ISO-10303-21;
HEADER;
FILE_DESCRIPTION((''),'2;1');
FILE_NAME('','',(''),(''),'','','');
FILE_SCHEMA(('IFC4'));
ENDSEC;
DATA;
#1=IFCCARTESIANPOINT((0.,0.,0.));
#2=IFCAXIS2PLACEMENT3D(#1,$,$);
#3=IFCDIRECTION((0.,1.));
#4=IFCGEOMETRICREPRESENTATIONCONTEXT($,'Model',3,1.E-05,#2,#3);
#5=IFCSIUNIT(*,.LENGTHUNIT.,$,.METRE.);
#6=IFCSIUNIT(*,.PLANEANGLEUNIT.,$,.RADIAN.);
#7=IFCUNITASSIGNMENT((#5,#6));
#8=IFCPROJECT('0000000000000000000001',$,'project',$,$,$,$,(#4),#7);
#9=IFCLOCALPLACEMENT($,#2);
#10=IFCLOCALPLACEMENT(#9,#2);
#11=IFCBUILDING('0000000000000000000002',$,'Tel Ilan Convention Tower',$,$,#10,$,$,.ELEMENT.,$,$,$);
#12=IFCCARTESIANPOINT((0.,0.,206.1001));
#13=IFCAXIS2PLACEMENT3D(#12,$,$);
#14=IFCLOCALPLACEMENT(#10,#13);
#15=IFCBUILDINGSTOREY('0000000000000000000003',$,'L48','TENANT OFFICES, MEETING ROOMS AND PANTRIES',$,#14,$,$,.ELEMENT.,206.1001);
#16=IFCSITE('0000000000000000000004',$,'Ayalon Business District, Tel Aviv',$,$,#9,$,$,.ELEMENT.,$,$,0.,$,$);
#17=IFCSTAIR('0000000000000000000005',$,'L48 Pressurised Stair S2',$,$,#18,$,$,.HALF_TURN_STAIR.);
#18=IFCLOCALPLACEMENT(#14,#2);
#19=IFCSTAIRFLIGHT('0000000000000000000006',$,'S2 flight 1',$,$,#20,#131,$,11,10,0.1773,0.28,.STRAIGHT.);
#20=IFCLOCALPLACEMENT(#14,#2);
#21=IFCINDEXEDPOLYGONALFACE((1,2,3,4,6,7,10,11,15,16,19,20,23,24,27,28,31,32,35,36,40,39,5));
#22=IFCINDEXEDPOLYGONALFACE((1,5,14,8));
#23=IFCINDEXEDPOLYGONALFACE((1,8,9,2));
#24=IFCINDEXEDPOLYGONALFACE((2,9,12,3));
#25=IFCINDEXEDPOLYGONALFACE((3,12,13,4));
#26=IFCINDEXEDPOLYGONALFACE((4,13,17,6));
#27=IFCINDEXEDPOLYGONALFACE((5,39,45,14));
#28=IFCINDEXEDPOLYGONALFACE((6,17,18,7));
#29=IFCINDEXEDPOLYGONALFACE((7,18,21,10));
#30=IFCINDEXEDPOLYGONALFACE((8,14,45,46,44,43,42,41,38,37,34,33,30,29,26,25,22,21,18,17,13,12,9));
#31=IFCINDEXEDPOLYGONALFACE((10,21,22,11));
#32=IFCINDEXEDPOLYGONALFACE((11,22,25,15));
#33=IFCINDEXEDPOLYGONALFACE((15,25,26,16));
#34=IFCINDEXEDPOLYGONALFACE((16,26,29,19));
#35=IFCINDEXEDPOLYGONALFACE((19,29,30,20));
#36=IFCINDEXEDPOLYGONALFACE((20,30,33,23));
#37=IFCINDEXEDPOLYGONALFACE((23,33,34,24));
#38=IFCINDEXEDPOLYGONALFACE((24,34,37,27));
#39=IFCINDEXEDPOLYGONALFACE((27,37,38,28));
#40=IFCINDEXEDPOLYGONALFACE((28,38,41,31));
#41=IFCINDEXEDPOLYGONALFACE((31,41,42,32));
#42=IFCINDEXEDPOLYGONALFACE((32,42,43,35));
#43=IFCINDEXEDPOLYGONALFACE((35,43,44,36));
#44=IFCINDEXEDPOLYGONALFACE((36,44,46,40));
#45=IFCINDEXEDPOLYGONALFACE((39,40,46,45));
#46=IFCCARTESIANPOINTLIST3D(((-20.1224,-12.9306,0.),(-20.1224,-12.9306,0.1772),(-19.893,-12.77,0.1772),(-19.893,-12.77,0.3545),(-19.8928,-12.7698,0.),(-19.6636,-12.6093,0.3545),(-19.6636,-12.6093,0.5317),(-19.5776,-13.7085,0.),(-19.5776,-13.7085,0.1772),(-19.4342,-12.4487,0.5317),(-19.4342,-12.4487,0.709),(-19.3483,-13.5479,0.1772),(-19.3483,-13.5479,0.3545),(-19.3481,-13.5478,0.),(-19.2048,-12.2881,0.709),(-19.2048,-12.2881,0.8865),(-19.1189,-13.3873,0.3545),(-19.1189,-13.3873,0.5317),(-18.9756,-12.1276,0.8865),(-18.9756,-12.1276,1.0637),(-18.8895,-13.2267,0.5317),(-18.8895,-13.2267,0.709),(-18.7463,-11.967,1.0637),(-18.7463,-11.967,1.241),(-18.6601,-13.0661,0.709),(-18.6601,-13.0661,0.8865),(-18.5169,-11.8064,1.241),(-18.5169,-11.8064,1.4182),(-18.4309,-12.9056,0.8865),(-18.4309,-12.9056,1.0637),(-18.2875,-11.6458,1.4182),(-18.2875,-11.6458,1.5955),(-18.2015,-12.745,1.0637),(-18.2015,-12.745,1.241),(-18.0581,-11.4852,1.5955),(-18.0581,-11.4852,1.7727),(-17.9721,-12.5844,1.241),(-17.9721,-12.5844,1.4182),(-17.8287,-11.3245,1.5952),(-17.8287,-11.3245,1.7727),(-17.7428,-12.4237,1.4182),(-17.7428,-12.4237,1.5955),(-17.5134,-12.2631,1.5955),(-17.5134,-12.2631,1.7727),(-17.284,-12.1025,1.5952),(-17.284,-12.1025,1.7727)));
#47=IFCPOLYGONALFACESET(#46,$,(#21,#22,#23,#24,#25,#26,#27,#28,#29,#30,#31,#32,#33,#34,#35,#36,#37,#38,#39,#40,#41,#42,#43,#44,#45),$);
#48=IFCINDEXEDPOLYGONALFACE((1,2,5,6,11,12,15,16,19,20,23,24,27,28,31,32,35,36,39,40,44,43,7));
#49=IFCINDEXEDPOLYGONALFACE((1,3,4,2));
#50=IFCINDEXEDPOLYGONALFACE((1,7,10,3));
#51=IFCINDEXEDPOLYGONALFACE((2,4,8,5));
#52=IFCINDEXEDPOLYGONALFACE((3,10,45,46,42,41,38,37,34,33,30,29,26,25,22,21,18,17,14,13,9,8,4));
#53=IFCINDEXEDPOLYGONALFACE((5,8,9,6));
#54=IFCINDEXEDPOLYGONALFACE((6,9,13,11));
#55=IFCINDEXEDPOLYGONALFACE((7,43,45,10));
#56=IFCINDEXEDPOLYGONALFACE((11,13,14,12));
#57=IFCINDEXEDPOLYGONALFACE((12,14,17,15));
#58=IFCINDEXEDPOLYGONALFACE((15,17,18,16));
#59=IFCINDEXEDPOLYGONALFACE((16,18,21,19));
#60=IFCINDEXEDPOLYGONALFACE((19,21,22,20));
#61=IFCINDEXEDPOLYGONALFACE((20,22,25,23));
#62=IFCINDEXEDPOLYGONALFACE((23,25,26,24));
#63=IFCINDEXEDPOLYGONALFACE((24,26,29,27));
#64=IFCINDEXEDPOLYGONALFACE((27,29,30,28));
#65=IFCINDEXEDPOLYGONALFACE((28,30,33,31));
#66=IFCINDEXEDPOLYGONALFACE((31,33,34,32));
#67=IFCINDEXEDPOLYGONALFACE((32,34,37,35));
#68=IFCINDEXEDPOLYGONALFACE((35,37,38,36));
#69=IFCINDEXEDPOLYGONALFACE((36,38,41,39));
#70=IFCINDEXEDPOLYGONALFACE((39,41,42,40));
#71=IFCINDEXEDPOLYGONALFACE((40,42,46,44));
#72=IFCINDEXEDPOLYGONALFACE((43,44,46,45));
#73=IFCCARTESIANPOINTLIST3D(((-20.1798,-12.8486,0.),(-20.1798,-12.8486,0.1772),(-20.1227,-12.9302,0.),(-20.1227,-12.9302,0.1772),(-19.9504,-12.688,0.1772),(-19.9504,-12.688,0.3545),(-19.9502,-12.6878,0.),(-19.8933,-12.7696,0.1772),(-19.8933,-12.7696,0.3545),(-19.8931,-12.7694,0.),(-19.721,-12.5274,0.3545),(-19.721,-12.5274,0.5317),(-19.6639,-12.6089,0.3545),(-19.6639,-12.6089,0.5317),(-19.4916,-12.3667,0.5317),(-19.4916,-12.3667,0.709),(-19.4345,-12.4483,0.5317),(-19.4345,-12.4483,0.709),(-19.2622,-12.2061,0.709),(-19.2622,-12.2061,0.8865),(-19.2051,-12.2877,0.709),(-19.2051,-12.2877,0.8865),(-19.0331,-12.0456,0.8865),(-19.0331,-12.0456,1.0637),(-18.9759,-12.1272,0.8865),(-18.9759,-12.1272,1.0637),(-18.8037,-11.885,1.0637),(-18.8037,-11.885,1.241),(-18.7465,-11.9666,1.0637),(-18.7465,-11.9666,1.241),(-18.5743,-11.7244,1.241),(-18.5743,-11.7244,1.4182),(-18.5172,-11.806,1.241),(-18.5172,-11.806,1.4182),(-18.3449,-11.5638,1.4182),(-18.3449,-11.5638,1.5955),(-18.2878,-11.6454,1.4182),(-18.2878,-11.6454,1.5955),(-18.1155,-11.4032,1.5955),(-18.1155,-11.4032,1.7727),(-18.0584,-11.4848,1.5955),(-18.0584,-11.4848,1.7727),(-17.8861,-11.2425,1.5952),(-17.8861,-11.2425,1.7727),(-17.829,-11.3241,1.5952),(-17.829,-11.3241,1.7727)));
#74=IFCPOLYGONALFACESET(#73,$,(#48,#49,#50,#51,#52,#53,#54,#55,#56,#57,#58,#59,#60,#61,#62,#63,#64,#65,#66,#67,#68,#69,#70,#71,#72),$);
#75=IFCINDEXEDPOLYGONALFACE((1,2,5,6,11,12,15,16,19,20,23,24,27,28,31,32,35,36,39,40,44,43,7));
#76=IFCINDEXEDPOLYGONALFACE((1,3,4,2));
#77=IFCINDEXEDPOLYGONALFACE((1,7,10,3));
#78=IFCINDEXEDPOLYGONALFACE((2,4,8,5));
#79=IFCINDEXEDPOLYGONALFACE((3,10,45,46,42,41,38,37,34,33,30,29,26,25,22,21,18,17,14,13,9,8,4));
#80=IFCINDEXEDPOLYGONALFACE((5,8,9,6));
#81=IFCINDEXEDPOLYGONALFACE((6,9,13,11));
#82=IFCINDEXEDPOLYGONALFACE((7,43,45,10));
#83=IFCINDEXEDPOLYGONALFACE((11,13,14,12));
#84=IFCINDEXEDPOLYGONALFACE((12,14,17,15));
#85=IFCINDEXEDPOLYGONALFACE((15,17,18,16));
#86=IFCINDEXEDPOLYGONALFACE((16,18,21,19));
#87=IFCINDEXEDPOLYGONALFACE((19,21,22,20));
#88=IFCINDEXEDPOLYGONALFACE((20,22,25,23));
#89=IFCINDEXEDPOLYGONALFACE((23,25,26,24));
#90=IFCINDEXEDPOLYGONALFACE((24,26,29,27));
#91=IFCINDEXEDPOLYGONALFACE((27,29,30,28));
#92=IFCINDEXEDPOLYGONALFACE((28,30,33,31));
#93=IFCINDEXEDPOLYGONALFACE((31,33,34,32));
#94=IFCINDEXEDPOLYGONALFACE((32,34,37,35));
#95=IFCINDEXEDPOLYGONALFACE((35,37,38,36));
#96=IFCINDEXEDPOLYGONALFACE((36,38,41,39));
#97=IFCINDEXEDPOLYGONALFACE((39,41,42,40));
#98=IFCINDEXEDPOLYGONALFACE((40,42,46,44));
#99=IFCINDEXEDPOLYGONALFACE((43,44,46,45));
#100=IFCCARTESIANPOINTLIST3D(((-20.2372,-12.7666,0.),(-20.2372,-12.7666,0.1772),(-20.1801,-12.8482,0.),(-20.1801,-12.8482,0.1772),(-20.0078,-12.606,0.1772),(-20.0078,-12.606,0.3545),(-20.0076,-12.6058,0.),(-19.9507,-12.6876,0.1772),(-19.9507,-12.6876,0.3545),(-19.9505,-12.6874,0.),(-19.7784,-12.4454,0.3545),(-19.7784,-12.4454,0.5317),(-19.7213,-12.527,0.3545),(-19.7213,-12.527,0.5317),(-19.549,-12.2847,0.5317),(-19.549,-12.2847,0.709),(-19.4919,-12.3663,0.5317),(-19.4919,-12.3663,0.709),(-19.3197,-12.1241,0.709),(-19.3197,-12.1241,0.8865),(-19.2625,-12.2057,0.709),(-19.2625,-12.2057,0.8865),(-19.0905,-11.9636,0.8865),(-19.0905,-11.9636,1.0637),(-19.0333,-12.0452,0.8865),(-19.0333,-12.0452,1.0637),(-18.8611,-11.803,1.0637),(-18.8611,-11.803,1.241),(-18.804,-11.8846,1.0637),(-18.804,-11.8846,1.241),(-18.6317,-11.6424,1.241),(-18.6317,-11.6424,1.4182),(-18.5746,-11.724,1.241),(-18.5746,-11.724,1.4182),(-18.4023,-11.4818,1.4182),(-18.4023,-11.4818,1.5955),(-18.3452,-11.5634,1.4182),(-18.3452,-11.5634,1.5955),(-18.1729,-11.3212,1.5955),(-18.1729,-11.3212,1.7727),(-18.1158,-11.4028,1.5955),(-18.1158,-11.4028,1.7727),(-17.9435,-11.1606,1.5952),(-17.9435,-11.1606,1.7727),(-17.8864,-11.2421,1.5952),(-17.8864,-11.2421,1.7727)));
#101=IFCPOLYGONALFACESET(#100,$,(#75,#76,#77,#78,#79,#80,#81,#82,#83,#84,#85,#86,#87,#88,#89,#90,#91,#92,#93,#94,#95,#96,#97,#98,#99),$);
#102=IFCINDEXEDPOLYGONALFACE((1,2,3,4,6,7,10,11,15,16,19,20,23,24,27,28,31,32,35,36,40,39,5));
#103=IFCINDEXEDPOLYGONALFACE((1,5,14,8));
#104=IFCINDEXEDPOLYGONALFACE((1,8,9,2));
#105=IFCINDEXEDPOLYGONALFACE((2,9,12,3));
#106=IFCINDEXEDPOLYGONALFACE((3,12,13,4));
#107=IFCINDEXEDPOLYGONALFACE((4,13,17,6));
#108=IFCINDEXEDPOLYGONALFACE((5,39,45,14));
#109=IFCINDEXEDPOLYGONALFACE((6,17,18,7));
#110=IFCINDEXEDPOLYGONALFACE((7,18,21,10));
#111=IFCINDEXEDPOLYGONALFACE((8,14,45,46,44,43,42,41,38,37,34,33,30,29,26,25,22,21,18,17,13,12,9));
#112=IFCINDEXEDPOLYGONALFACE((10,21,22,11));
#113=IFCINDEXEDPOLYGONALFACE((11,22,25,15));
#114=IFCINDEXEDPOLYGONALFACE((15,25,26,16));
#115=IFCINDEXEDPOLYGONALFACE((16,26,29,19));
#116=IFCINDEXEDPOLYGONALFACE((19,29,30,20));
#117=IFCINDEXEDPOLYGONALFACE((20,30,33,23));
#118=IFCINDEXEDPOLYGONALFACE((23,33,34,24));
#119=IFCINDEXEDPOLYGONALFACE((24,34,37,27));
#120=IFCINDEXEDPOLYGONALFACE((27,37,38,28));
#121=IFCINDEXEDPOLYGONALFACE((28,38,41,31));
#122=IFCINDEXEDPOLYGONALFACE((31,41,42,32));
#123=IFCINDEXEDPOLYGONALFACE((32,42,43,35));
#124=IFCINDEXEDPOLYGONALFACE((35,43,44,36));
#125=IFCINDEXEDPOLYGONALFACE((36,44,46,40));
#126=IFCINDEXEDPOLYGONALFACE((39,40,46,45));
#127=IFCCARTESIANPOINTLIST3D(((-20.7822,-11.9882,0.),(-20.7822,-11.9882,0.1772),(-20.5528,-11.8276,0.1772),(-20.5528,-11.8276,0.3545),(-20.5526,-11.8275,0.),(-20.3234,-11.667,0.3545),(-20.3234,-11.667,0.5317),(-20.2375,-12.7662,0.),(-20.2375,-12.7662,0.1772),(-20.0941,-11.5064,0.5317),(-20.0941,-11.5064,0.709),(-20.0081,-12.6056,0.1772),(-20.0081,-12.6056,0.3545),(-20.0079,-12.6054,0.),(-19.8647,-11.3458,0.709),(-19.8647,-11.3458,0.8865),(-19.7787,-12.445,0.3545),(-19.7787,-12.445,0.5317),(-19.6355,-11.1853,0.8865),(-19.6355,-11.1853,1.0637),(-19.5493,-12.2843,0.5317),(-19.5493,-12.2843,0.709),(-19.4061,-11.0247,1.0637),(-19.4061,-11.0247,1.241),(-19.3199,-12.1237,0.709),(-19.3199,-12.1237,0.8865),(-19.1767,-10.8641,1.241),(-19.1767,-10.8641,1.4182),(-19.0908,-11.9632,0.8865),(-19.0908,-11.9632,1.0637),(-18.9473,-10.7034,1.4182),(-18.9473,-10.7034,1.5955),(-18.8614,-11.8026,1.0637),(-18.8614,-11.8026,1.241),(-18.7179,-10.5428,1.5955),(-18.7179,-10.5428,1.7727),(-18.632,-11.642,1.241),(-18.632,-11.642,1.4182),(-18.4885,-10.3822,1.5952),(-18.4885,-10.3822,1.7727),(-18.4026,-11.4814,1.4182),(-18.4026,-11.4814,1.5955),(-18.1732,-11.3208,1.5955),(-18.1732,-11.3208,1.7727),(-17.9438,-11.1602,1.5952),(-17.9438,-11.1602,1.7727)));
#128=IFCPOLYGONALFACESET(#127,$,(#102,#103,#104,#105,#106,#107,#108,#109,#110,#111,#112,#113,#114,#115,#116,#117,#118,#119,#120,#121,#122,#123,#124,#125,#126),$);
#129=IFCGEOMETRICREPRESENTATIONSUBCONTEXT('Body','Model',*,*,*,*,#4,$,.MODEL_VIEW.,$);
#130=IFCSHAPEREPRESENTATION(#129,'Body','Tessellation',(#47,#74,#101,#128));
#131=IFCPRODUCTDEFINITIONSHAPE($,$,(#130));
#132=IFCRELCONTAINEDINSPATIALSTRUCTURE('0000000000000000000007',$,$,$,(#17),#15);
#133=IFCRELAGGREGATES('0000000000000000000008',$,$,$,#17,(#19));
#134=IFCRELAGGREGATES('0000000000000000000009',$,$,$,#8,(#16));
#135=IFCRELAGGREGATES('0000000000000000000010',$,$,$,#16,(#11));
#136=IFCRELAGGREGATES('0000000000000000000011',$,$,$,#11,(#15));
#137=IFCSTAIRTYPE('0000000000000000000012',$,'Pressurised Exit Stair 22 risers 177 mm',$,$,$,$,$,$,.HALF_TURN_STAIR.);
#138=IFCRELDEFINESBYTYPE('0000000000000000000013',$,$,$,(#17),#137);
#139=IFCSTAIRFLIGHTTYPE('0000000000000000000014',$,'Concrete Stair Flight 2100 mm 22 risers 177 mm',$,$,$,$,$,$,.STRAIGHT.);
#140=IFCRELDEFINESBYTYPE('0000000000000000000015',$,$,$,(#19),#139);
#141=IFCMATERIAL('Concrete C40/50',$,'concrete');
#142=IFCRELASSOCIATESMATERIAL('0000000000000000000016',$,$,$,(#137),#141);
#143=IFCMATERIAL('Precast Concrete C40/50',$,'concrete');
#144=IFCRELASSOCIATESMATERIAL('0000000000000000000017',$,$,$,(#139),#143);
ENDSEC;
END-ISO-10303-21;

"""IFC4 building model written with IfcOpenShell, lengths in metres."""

from ifc_helpers import new_model, si_unit, direction, frame, origin, place, context, subcontext, project, spatial, polyline, outline, extrude, material, type_object, element, aggregate, save


model = new_model("IFC4")

# Units and contexts
model_context = context("Model", 3, precision=1e-05, world=origin(), true_north=direction((0.0, 1.0)))
body_context = subcontext(model_context, "Body", "Model", "MODEL_VIEW")
ifc_project = project(units=[si_unit("LENGTHUNIT", "METRE"), si_unit("PLANEANGLEUNIT", "RADIAN")], contexts=[model_context])

# Site, building, storey
site_placement = place(None, origin())
site = spatial("IfcSite", under=ifc_project, at=site_placement, Name="Ayalon Business District, Tel Aviv", CompositionType="ELEMENT", RefElevation=0.0)
building_placement = place(site_placement, origin())
building = spatial("IfcBuilding", under=site, at=building_placement, Name="Tel Ilan Convention Tower", CompositionType="ELEMENT")
storey_placement = place(building_placement, frame((0.0, 0.0, 206.1001)))
storey = spatial("IfcBuildingStorey", under=building, at=storey_placement, Name="L48", Description="TENANT OFFICES, MEETING ROOMS AND PANTRIES", CompositionType="ELEMENT", Elevation=206.1001)

# Stair, stair flight
ifc_material_1 = material(Name="Concrete C40/50", Category="concrete")
stair_type = type_object("IfcStairType", Name="Pressurised Exit Stair 22 risers 177 mm", PredefinedType="HALF_TURN_STAIR", material=ifc_material_1)
ifc_material_2 = material(Name="Precast Concrete C40/50", Category="concrete")
stair_flight_type = type_object("IfcStairFlightType", Name="Concrete Stair Flight 2100 mm 22 risers 177 mm", PredefinedType="STRAIGHT", material=ifc_material_2)
stair_1_placement = place(storey_placement, origin())
stair_1 = element("IfcStair", 1, at=stair_1_placement, inside=storey, type_object=stair_type, Name="L48 Pressurised Stair S2", PredefinedType="HALF_TURN_STAIR")
stair_flight_1_placement = place(storey_placement, frame((-20.1799, -12.8484, 0.0), z_axis=(0.0, 0.0, 1.0), x_axis=(0.819152, 0.573576, 0.0)))
stair_flight_1 = element("IfcStairFlight", 2, at=stair_flight_1_placement, type_object=stair_flight_type, Name="S2 flight 1", NumberOfRisers=11, NumberOfTreads=10, PredefinedType="STRAIGHT", RiserHeight=0.1773, TreadLength=0.28, context=body_context, shape_type="SweptSolid", body=[
    extrude(outline(polyline([(0.0, 0.0), (0.0, 0.1772), (0.28, 0.1772), (0.28, 0.3545), (0.5601, 0.3545), (0.5601, 0.5317), (0.8401, 0.5317), (0.8401, 0.709), (1.1201, 0.709), (1.1201, 0.8865), (1.3999, 0.8865), (1.3999, 1.0637), (1.6799, 1.0637), (1.6799, 1.241), (1.96, 1.241), (1.96, 1.4182), (2.24, 1.4182), (2.24, 1.5955), (2.52, 1.5955), (2.52, 1.7727), (2.8, 1.7727), (2.8, 1.95), (2.8, 1.5952), (0.2803, 0.0), (0.0, 0.0)])), frame((0.0, -0.1003, 0.0), z_axis=(0.0, -1.0, 0.0), x_axis=(1.0, 0.0, 0.0)), (0.0, 0.0, 1.0), 0.9497),
    extrude(outline(polyline([(0.0, 0.0), (0.0, 0.1772), (0.28, 0.1772), (0.28, 0.3545), (0.5601, 0.3545), (0.5601, 0.5317), (0.8401, 0.5317), (0.8401, 0.709), (1.1201, 0.709), (1.1201, 0.8865), (1.3999, 0.8865), (1.3999, 1.0637), (1.6799, 1.0637), (1.6799, 1.241), (1.96, 1.241), (1.96, 1.4182), (2.24, 1.4182), (2.24, 1.5955), (2.52, 1.5955), (2.52, 1.7727), (2.8, 1.7727), (2.8, 1.95), (2.8, 1.5952), (0.2803, 0.0), (0.0, 0.0)])), frame((0.0, -0.0002, 0.0), z_axis=(0.0, -1.0, 0.0), x_axis=(1.0, 0.0, 0.0)), (0.0, 0.0, 1.0), 0.0996),
    extrude(outline(polyline([(0.0, 0.0), (0.0, 0.1772), (0.28, 0.1772), (0.28, 0.3545), (0.5601, 0.3545), (0.5601, 0.5317), (0.8401, 0.5317), (0.8401, 0.709), (1.1201, 0.709), (1.1201, 0.8865), (1.3999, 0.8865), (1.3999, 1.0637), (1.6799, 1.0637), (1.6799, 1.241), (1.96, 1.241), (1.96, 1.4182), (2.24, 1.4182), (2.24, 1.5955), (2.52, 1.5955), (2.52, 1.7727), (2.8, 1.7727), (2.8, 1.95), (2.8, 1.5952), (0.2803, 0.0), (0.0, 0.0)])), frame((0.0, 0.0999, 0.0), z_axis=(0.0, -1.0, 0.0), x_axis=(1.0, 0.0, 0.0)), (0.0, 0.0, 1.0), 0.0996),
    extrude(outline(polyline([(0.0, 0.0), (0.0, 0.1772), (0.28, 0.1772), (0.28, 0.3545), (0.5601, 0.3545), (0.5601, 0.5317), (0.8401, 0.5317), (0.8401, 0.709), (1.1201, 0.709), (1.1201, 0.8865), (1.3999, 0.8865), (1.3999, 1.0637), (1.6799, 1.0637), (1.6799, 1.241), (1.96, 1.241), (1.96, 1.4182), (2.24, 1.4182), (2.24, 1.5955), (2.52, 1.5955), (2.52, 1.7727), (2.8, 1.7727), (2.8, 1.95), (2.8, 1.5952), (0.2803, 0.0), (0.0, 0.0)])), frame((0.0, 1.05, 0.0), z_axis=(0.0, -1.0, 0.0), x_axis=(1.0, 0.0, 0.0)), (0.0, 0.0, 1.0), 0.9497),
])
aggregate(stair_1, [stair_flight_1])

save(model, "model.ifc")
